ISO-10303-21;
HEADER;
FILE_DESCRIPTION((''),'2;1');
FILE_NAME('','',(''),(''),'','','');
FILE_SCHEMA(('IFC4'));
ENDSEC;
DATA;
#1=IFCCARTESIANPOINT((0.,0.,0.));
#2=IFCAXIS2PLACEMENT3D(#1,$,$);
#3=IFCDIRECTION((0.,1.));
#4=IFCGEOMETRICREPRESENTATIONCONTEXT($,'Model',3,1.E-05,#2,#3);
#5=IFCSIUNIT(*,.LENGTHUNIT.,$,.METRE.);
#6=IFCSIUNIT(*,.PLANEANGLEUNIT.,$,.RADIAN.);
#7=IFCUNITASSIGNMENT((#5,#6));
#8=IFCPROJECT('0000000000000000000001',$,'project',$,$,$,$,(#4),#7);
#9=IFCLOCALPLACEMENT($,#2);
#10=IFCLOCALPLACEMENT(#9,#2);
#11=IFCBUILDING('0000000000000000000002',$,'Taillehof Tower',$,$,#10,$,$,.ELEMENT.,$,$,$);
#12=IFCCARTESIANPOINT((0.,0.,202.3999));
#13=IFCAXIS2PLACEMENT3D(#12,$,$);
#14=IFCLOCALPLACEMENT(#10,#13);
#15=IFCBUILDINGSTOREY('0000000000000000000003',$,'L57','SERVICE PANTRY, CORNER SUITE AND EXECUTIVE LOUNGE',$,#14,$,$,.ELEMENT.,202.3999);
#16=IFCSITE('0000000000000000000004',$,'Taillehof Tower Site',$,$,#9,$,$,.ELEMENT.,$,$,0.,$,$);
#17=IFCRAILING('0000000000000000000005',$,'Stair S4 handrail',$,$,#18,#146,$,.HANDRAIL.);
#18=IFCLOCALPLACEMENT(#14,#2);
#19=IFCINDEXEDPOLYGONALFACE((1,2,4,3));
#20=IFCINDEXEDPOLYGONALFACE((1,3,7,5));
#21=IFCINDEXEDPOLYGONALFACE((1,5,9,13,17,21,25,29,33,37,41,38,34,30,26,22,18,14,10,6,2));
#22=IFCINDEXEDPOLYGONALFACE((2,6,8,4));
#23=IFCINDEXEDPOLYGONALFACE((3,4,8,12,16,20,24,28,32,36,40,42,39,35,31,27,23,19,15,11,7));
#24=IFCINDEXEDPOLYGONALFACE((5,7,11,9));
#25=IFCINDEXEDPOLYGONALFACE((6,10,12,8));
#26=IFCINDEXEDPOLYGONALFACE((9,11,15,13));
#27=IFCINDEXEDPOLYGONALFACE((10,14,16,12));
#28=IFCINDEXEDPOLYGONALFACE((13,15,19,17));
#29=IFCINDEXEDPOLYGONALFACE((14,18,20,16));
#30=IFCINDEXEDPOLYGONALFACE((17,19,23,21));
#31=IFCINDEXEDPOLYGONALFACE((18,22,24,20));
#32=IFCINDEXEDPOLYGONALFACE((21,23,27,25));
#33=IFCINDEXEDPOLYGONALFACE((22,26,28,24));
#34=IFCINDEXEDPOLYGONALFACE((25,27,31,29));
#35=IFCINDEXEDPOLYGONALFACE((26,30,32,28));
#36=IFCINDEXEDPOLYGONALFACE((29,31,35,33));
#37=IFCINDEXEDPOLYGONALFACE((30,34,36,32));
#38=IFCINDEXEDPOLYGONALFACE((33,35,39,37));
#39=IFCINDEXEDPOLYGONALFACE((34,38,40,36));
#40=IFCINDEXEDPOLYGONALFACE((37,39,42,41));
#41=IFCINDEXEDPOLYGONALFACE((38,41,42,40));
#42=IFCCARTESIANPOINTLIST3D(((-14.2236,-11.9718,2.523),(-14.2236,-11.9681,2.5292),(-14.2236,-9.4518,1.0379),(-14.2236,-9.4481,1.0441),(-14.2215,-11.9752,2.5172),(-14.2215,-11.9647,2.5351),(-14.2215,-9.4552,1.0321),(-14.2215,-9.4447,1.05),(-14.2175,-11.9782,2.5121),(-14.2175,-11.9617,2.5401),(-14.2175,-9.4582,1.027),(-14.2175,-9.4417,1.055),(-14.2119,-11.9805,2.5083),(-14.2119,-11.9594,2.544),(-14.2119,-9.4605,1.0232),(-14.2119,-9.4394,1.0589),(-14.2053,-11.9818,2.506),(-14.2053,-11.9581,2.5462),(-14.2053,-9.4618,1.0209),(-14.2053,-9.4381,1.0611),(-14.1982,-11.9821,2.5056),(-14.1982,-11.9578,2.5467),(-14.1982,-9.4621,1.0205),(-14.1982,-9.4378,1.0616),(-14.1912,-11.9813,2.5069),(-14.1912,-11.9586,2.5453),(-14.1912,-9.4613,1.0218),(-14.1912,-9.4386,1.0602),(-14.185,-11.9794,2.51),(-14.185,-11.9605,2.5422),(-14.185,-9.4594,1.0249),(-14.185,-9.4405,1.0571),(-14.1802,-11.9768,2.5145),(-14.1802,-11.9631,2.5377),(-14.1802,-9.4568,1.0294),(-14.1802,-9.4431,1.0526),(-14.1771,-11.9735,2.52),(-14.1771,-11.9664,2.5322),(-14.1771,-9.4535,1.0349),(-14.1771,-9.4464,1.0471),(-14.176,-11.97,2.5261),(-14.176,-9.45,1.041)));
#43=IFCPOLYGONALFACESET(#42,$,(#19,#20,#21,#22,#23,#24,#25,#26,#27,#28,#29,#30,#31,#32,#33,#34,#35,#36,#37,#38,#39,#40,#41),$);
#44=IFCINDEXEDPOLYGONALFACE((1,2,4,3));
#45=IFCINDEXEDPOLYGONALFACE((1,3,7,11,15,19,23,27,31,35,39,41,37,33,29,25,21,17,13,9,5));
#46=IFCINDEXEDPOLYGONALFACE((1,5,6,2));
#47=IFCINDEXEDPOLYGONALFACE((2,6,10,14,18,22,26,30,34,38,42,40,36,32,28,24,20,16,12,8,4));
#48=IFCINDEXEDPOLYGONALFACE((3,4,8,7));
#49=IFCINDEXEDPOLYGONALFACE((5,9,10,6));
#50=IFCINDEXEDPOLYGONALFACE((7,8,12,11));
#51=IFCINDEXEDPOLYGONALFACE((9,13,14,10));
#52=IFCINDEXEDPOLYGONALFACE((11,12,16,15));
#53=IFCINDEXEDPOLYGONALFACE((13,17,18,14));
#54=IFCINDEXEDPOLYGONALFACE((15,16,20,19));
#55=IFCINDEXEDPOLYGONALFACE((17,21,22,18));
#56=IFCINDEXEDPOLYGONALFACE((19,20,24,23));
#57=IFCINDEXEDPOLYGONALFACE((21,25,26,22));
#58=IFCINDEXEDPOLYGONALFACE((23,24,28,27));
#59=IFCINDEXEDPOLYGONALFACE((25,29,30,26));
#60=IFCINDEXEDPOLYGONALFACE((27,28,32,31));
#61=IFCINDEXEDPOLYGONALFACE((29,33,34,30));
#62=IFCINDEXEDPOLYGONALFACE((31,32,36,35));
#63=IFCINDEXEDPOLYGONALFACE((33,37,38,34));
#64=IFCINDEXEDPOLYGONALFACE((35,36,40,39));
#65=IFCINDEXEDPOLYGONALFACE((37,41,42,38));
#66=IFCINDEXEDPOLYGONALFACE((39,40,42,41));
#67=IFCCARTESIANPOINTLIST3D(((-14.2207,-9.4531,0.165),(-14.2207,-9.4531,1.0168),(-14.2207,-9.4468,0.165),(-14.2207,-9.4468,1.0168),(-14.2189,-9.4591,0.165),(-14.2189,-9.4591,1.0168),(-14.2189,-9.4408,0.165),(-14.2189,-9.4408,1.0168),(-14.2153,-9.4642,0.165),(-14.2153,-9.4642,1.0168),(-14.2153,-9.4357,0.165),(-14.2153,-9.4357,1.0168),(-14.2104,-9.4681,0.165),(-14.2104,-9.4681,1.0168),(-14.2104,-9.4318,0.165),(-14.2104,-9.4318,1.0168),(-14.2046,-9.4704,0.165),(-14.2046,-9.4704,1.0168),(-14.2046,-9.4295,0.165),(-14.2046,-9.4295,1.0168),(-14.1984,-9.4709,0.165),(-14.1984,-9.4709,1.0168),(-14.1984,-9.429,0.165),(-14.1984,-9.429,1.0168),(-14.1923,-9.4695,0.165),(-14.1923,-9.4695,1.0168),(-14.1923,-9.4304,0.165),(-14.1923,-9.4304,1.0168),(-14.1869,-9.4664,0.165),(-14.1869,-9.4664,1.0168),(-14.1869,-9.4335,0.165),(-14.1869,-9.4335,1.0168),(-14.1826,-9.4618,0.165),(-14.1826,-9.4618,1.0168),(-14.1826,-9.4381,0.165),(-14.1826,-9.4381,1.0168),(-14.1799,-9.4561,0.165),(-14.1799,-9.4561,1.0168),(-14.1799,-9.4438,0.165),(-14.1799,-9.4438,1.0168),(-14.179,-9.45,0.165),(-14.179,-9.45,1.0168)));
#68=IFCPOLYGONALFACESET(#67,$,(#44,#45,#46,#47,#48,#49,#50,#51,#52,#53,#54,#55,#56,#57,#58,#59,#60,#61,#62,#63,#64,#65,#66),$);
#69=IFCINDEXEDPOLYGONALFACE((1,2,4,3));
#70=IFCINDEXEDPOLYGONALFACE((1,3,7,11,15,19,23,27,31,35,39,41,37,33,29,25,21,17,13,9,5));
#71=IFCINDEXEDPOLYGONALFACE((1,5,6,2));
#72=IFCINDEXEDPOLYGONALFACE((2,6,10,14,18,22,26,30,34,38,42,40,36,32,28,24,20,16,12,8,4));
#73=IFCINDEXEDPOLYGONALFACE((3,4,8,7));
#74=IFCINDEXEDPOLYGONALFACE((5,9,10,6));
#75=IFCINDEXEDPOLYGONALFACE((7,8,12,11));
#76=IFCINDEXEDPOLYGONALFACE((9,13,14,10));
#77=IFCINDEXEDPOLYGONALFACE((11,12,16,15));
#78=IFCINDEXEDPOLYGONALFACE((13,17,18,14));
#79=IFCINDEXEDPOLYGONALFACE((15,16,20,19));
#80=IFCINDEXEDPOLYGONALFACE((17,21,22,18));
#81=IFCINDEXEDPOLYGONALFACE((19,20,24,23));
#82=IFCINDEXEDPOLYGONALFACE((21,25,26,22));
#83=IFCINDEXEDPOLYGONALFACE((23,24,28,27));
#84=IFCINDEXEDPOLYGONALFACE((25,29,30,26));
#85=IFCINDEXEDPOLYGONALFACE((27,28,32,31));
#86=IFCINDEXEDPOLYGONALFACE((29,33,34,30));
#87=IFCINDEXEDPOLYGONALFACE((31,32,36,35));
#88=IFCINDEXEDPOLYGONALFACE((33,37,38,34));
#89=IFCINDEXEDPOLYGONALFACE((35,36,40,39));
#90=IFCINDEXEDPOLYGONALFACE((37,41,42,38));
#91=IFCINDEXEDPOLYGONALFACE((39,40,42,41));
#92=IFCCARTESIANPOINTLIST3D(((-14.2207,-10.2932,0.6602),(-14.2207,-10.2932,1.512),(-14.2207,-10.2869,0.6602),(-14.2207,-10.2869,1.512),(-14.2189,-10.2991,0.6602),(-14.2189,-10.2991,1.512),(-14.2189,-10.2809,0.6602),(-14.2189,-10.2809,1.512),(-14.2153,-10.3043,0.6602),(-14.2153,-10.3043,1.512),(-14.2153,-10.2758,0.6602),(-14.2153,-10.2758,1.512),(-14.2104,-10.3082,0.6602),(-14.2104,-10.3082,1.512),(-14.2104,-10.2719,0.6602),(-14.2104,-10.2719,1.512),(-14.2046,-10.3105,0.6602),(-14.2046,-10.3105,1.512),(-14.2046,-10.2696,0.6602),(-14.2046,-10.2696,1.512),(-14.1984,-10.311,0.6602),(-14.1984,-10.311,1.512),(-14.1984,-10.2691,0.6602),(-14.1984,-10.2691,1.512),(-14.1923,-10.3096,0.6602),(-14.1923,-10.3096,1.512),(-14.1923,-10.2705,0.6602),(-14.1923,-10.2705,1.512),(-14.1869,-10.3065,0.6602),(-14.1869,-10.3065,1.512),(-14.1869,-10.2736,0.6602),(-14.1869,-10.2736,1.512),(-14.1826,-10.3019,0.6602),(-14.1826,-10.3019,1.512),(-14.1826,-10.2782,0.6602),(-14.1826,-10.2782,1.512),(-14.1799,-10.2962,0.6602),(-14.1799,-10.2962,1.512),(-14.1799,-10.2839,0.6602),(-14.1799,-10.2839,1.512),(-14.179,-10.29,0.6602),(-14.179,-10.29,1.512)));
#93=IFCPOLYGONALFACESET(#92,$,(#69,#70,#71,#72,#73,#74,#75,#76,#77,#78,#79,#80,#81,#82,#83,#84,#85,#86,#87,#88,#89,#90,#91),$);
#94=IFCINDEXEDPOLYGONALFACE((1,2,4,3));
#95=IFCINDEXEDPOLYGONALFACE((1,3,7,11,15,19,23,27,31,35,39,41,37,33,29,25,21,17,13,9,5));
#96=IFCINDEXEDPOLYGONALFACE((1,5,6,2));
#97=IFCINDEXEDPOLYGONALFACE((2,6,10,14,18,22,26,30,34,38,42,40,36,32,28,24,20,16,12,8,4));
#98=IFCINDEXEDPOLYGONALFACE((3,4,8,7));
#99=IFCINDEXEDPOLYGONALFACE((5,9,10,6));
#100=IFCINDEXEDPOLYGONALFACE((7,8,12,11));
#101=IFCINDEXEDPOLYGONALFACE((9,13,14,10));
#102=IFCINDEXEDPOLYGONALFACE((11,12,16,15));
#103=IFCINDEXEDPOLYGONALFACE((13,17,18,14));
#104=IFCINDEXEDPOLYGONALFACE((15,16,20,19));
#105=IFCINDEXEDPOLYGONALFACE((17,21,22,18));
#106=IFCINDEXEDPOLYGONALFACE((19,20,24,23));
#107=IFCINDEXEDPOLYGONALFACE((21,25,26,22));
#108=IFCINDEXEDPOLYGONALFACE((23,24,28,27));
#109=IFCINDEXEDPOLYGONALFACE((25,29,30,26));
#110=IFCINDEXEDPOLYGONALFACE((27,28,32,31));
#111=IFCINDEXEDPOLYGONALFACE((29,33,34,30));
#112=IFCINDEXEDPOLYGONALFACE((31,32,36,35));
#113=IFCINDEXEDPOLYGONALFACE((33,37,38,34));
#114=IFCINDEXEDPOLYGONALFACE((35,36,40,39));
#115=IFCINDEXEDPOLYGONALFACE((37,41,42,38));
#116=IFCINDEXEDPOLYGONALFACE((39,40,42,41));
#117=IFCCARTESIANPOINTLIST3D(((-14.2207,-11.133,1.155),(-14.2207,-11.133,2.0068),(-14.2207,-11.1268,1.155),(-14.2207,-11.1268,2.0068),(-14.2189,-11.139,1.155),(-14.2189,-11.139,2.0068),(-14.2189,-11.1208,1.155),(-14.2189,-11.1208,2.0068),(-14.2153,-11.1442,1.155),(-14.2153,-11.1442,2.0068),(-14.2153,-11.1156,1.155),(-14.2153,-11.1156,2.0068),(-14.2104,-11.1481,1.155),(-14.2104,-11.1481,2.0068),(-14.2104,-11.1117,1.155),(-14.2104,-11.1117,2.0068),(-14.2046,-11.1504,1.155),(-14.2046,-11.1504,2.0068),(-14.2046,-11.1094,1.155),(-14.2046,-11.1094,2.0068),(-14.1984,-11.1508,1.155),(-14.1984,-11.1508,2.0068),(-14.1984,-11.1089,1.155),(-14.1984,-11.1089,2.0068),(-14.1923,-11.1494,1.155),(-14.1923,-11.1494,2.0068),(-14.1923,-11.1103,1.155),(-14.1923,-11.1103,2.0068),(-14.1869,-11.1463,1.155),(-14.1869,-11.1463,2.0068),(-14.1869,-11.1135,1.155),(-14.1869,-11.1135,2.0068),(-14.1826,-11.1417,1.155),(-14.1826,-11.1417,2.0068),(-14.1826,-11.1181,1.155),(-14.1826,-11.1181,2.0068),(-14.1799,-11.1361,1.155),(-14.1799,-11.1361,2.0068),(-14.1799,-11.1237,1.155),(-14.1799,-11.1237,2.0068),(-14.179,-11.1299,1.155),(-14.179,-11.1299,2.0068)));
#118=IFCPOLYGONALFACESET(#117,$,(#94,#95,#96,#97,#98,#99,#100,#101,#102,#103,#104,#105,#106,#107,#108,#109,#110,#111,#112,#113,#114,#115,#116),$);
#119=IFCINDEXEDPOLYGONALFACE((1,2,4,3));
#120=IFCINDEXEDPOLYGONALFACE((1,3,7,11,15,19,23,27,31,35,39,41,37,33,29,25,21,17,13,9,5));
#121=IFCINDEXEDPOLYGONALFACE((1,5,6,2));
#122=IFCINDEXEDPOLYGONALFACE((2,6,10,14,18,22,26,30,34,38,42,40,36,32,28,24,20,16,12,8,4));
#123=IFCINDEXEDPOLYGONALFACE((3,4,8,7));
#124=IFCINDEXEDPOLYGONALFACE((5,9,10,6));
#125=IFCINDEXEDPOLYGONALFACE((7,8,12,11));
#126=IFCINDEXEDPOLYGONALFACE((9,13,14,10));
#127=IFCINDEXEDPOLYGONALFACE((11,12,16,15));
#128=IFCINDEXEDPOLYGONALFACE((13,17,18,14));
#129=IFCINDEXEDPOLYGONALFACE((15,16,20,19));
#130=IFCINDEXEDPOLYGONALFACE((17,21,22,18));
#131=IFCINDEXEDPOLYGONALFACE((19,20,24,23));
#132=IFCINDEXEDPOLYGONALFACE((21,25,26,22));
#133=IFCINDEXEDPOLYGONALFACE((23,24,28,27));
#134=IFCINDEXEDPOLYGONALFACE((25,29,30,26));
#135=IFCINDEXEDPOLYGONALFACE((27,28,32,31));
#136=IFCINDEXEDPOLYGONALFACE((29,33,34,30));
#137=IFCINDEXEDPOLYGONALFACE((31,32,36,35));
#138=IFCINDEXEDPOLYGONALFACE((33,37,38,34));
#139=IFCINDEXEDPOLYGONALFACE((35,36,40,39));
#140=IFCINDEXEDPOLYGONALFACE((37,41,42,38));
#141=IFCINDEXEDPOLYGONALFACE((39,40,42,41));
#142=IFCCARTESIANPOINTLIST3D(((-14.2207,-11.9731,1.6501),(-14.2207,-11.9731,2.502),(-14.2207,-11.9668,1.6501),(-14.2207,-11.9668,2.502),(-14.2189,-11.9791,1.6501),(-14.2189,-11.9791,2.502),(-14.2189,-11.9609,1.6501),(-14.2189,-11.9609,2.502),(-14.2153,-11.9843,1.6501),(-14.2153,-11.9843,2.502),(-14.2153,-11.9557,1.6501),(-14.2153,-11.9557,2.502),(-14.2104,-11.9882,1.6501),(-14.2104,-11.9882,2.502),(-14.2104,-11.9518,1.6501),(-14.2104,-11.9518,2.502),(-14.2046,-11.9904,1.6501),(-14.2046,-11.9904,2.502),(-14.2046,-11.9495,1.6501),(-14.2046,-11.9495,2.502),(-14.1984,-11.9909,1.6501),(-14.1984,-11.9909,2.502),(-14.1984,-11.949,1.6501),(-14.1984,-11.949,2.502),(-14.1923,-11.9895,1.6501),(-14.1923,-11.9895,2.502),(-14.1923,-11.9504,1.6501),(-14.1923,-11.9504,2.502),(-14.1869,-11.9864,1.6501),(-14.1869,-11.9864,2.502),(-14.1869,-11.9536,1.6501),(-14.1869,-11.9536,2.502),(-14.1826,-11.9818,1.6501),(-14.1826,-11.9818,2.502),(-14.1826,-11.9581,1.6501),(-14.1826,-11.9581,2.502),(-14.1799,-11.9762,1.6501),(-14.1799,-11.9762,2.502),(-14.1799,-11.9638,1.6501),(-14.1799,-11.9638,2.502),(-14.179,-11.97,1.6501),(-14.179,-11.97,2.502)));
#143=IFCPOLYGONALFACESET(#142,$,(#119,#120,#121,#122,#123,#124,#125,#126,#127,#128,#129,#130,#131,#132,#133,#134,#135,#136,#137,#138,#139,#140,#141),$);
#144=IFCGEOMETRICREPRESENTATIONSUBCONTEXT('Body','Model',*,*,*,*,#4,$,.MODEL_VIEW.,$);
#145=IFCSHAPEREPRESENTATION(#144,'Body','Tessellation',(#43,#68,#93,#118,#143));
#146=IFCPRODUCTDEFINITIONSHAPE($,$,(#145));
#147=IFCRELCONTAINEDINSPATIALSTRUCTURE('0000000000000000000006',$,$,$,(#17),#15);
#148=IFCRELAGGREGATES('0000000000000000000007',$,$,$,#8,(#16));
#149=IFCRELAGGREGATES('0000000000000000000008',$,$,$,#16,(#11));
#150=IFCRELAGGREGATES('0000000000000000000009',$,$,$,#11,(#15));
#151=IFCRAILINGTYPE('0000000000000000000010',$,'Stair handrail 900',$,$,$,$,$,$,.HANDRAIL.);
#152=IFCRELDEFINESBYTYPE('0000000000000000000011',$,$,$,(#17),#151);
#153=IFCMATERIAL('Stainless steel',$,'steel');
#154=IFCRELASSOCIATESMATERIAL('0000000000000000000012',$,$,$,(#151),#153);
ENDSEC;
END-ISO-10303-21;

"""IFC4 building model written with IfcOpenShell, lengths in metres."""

from ifc_helpers import new_model, si_unit, direction, frame, origin, origin_2d, place, context, subcontext, project, spatial, circle, extrude, material, type_object, element, save


model = new_model("IFC4")

# Units and contexts
model_context = context("Model", 3, precision=1e-05, world=origin(), true_north=direction((0.0, 1.0)))
body_context = subcontext(model_context, "Body", "Model", "MODEL_VIEW")
ifc_project = project(units=[si_unit("LENGTHUNIT", "METRE"), si_unit("PLANEANGLEUNIT", "RADIAN")], contexts=[model_context])

# Site, building, storey
site_placement = place(None, origin())
site = spatial("IfcSite", under=ifc_project, at=site_placement, Name="Taillehof Tower Site", CompositionType="ELEMENT", RefElevation=0.0)
building_placement = place(site_placement, origin())
building = spatial("IfcBuilding", under=site, at=building_placement, Name="Taillehof Tower", CompositionType="ELEMENT")
storey_placement = place(building_placement, frame((0.0, 0.0, 202.3999)))
storey = spatial("IfcBuildingStorey", under=building, at=storey_placement, Name="L57", Description="SERVICE PANTRY, CORNER SUITE AND EXECUTIVE LOUNGE", CompositionType="ELEMENT", Elevation=202.3999)

# Railing
ifc_material_1 = material(Name="Stainless steel", Category="steel")
railing_type = type_object("IfcRailingType", Name="Stair handrail 900", PredefinedType="HANDRAIL", material=ifc_material_1)
railing_placement = place(storey_placement, frame((-14.2, -9.45, 0.165)))
element("IfcRailing", 1, at=railing_placement, inside=storey, type_object=railing_type, Name="Stair S4 handrail", PredefinedType="HANDRAIL", context=body_context, shape_type="SweptSolid", body=[
    extrude(circle(Radius=0.0239, at=origin_2d()), frame((0.0, 0.0, 0.876), z_axis=(0.0, -0.861524, 0.507717), x_axis=(1.0, 0.0, 0.0)), (0.0, 0.0, 1.0), 2.925),
    extrude(circle(Radius=0.021, at=origin_2d()), origin(), (0.0, 0.0, 1.0), 0.8518),
    extrude(circle(Radius=0.021, at=origin_2d()), frame((0.0, -0.8401, 0.4951)), (0.0, 0.0, 1.0), 0.8518),
    extrude(circle(Radius=0.021, at=origin_2d()), frame((0.0, -1.6799, 0.99)), (0.0, 0.0, 1.0), 0.8518),
    extrude(circle(Radius=0.021, at=origin_2d()), frame((0.0, -2.52, 1.4851)), (0.0, 0.0, 1.0), 0.8518),
])

save(model, "model.ifc")
